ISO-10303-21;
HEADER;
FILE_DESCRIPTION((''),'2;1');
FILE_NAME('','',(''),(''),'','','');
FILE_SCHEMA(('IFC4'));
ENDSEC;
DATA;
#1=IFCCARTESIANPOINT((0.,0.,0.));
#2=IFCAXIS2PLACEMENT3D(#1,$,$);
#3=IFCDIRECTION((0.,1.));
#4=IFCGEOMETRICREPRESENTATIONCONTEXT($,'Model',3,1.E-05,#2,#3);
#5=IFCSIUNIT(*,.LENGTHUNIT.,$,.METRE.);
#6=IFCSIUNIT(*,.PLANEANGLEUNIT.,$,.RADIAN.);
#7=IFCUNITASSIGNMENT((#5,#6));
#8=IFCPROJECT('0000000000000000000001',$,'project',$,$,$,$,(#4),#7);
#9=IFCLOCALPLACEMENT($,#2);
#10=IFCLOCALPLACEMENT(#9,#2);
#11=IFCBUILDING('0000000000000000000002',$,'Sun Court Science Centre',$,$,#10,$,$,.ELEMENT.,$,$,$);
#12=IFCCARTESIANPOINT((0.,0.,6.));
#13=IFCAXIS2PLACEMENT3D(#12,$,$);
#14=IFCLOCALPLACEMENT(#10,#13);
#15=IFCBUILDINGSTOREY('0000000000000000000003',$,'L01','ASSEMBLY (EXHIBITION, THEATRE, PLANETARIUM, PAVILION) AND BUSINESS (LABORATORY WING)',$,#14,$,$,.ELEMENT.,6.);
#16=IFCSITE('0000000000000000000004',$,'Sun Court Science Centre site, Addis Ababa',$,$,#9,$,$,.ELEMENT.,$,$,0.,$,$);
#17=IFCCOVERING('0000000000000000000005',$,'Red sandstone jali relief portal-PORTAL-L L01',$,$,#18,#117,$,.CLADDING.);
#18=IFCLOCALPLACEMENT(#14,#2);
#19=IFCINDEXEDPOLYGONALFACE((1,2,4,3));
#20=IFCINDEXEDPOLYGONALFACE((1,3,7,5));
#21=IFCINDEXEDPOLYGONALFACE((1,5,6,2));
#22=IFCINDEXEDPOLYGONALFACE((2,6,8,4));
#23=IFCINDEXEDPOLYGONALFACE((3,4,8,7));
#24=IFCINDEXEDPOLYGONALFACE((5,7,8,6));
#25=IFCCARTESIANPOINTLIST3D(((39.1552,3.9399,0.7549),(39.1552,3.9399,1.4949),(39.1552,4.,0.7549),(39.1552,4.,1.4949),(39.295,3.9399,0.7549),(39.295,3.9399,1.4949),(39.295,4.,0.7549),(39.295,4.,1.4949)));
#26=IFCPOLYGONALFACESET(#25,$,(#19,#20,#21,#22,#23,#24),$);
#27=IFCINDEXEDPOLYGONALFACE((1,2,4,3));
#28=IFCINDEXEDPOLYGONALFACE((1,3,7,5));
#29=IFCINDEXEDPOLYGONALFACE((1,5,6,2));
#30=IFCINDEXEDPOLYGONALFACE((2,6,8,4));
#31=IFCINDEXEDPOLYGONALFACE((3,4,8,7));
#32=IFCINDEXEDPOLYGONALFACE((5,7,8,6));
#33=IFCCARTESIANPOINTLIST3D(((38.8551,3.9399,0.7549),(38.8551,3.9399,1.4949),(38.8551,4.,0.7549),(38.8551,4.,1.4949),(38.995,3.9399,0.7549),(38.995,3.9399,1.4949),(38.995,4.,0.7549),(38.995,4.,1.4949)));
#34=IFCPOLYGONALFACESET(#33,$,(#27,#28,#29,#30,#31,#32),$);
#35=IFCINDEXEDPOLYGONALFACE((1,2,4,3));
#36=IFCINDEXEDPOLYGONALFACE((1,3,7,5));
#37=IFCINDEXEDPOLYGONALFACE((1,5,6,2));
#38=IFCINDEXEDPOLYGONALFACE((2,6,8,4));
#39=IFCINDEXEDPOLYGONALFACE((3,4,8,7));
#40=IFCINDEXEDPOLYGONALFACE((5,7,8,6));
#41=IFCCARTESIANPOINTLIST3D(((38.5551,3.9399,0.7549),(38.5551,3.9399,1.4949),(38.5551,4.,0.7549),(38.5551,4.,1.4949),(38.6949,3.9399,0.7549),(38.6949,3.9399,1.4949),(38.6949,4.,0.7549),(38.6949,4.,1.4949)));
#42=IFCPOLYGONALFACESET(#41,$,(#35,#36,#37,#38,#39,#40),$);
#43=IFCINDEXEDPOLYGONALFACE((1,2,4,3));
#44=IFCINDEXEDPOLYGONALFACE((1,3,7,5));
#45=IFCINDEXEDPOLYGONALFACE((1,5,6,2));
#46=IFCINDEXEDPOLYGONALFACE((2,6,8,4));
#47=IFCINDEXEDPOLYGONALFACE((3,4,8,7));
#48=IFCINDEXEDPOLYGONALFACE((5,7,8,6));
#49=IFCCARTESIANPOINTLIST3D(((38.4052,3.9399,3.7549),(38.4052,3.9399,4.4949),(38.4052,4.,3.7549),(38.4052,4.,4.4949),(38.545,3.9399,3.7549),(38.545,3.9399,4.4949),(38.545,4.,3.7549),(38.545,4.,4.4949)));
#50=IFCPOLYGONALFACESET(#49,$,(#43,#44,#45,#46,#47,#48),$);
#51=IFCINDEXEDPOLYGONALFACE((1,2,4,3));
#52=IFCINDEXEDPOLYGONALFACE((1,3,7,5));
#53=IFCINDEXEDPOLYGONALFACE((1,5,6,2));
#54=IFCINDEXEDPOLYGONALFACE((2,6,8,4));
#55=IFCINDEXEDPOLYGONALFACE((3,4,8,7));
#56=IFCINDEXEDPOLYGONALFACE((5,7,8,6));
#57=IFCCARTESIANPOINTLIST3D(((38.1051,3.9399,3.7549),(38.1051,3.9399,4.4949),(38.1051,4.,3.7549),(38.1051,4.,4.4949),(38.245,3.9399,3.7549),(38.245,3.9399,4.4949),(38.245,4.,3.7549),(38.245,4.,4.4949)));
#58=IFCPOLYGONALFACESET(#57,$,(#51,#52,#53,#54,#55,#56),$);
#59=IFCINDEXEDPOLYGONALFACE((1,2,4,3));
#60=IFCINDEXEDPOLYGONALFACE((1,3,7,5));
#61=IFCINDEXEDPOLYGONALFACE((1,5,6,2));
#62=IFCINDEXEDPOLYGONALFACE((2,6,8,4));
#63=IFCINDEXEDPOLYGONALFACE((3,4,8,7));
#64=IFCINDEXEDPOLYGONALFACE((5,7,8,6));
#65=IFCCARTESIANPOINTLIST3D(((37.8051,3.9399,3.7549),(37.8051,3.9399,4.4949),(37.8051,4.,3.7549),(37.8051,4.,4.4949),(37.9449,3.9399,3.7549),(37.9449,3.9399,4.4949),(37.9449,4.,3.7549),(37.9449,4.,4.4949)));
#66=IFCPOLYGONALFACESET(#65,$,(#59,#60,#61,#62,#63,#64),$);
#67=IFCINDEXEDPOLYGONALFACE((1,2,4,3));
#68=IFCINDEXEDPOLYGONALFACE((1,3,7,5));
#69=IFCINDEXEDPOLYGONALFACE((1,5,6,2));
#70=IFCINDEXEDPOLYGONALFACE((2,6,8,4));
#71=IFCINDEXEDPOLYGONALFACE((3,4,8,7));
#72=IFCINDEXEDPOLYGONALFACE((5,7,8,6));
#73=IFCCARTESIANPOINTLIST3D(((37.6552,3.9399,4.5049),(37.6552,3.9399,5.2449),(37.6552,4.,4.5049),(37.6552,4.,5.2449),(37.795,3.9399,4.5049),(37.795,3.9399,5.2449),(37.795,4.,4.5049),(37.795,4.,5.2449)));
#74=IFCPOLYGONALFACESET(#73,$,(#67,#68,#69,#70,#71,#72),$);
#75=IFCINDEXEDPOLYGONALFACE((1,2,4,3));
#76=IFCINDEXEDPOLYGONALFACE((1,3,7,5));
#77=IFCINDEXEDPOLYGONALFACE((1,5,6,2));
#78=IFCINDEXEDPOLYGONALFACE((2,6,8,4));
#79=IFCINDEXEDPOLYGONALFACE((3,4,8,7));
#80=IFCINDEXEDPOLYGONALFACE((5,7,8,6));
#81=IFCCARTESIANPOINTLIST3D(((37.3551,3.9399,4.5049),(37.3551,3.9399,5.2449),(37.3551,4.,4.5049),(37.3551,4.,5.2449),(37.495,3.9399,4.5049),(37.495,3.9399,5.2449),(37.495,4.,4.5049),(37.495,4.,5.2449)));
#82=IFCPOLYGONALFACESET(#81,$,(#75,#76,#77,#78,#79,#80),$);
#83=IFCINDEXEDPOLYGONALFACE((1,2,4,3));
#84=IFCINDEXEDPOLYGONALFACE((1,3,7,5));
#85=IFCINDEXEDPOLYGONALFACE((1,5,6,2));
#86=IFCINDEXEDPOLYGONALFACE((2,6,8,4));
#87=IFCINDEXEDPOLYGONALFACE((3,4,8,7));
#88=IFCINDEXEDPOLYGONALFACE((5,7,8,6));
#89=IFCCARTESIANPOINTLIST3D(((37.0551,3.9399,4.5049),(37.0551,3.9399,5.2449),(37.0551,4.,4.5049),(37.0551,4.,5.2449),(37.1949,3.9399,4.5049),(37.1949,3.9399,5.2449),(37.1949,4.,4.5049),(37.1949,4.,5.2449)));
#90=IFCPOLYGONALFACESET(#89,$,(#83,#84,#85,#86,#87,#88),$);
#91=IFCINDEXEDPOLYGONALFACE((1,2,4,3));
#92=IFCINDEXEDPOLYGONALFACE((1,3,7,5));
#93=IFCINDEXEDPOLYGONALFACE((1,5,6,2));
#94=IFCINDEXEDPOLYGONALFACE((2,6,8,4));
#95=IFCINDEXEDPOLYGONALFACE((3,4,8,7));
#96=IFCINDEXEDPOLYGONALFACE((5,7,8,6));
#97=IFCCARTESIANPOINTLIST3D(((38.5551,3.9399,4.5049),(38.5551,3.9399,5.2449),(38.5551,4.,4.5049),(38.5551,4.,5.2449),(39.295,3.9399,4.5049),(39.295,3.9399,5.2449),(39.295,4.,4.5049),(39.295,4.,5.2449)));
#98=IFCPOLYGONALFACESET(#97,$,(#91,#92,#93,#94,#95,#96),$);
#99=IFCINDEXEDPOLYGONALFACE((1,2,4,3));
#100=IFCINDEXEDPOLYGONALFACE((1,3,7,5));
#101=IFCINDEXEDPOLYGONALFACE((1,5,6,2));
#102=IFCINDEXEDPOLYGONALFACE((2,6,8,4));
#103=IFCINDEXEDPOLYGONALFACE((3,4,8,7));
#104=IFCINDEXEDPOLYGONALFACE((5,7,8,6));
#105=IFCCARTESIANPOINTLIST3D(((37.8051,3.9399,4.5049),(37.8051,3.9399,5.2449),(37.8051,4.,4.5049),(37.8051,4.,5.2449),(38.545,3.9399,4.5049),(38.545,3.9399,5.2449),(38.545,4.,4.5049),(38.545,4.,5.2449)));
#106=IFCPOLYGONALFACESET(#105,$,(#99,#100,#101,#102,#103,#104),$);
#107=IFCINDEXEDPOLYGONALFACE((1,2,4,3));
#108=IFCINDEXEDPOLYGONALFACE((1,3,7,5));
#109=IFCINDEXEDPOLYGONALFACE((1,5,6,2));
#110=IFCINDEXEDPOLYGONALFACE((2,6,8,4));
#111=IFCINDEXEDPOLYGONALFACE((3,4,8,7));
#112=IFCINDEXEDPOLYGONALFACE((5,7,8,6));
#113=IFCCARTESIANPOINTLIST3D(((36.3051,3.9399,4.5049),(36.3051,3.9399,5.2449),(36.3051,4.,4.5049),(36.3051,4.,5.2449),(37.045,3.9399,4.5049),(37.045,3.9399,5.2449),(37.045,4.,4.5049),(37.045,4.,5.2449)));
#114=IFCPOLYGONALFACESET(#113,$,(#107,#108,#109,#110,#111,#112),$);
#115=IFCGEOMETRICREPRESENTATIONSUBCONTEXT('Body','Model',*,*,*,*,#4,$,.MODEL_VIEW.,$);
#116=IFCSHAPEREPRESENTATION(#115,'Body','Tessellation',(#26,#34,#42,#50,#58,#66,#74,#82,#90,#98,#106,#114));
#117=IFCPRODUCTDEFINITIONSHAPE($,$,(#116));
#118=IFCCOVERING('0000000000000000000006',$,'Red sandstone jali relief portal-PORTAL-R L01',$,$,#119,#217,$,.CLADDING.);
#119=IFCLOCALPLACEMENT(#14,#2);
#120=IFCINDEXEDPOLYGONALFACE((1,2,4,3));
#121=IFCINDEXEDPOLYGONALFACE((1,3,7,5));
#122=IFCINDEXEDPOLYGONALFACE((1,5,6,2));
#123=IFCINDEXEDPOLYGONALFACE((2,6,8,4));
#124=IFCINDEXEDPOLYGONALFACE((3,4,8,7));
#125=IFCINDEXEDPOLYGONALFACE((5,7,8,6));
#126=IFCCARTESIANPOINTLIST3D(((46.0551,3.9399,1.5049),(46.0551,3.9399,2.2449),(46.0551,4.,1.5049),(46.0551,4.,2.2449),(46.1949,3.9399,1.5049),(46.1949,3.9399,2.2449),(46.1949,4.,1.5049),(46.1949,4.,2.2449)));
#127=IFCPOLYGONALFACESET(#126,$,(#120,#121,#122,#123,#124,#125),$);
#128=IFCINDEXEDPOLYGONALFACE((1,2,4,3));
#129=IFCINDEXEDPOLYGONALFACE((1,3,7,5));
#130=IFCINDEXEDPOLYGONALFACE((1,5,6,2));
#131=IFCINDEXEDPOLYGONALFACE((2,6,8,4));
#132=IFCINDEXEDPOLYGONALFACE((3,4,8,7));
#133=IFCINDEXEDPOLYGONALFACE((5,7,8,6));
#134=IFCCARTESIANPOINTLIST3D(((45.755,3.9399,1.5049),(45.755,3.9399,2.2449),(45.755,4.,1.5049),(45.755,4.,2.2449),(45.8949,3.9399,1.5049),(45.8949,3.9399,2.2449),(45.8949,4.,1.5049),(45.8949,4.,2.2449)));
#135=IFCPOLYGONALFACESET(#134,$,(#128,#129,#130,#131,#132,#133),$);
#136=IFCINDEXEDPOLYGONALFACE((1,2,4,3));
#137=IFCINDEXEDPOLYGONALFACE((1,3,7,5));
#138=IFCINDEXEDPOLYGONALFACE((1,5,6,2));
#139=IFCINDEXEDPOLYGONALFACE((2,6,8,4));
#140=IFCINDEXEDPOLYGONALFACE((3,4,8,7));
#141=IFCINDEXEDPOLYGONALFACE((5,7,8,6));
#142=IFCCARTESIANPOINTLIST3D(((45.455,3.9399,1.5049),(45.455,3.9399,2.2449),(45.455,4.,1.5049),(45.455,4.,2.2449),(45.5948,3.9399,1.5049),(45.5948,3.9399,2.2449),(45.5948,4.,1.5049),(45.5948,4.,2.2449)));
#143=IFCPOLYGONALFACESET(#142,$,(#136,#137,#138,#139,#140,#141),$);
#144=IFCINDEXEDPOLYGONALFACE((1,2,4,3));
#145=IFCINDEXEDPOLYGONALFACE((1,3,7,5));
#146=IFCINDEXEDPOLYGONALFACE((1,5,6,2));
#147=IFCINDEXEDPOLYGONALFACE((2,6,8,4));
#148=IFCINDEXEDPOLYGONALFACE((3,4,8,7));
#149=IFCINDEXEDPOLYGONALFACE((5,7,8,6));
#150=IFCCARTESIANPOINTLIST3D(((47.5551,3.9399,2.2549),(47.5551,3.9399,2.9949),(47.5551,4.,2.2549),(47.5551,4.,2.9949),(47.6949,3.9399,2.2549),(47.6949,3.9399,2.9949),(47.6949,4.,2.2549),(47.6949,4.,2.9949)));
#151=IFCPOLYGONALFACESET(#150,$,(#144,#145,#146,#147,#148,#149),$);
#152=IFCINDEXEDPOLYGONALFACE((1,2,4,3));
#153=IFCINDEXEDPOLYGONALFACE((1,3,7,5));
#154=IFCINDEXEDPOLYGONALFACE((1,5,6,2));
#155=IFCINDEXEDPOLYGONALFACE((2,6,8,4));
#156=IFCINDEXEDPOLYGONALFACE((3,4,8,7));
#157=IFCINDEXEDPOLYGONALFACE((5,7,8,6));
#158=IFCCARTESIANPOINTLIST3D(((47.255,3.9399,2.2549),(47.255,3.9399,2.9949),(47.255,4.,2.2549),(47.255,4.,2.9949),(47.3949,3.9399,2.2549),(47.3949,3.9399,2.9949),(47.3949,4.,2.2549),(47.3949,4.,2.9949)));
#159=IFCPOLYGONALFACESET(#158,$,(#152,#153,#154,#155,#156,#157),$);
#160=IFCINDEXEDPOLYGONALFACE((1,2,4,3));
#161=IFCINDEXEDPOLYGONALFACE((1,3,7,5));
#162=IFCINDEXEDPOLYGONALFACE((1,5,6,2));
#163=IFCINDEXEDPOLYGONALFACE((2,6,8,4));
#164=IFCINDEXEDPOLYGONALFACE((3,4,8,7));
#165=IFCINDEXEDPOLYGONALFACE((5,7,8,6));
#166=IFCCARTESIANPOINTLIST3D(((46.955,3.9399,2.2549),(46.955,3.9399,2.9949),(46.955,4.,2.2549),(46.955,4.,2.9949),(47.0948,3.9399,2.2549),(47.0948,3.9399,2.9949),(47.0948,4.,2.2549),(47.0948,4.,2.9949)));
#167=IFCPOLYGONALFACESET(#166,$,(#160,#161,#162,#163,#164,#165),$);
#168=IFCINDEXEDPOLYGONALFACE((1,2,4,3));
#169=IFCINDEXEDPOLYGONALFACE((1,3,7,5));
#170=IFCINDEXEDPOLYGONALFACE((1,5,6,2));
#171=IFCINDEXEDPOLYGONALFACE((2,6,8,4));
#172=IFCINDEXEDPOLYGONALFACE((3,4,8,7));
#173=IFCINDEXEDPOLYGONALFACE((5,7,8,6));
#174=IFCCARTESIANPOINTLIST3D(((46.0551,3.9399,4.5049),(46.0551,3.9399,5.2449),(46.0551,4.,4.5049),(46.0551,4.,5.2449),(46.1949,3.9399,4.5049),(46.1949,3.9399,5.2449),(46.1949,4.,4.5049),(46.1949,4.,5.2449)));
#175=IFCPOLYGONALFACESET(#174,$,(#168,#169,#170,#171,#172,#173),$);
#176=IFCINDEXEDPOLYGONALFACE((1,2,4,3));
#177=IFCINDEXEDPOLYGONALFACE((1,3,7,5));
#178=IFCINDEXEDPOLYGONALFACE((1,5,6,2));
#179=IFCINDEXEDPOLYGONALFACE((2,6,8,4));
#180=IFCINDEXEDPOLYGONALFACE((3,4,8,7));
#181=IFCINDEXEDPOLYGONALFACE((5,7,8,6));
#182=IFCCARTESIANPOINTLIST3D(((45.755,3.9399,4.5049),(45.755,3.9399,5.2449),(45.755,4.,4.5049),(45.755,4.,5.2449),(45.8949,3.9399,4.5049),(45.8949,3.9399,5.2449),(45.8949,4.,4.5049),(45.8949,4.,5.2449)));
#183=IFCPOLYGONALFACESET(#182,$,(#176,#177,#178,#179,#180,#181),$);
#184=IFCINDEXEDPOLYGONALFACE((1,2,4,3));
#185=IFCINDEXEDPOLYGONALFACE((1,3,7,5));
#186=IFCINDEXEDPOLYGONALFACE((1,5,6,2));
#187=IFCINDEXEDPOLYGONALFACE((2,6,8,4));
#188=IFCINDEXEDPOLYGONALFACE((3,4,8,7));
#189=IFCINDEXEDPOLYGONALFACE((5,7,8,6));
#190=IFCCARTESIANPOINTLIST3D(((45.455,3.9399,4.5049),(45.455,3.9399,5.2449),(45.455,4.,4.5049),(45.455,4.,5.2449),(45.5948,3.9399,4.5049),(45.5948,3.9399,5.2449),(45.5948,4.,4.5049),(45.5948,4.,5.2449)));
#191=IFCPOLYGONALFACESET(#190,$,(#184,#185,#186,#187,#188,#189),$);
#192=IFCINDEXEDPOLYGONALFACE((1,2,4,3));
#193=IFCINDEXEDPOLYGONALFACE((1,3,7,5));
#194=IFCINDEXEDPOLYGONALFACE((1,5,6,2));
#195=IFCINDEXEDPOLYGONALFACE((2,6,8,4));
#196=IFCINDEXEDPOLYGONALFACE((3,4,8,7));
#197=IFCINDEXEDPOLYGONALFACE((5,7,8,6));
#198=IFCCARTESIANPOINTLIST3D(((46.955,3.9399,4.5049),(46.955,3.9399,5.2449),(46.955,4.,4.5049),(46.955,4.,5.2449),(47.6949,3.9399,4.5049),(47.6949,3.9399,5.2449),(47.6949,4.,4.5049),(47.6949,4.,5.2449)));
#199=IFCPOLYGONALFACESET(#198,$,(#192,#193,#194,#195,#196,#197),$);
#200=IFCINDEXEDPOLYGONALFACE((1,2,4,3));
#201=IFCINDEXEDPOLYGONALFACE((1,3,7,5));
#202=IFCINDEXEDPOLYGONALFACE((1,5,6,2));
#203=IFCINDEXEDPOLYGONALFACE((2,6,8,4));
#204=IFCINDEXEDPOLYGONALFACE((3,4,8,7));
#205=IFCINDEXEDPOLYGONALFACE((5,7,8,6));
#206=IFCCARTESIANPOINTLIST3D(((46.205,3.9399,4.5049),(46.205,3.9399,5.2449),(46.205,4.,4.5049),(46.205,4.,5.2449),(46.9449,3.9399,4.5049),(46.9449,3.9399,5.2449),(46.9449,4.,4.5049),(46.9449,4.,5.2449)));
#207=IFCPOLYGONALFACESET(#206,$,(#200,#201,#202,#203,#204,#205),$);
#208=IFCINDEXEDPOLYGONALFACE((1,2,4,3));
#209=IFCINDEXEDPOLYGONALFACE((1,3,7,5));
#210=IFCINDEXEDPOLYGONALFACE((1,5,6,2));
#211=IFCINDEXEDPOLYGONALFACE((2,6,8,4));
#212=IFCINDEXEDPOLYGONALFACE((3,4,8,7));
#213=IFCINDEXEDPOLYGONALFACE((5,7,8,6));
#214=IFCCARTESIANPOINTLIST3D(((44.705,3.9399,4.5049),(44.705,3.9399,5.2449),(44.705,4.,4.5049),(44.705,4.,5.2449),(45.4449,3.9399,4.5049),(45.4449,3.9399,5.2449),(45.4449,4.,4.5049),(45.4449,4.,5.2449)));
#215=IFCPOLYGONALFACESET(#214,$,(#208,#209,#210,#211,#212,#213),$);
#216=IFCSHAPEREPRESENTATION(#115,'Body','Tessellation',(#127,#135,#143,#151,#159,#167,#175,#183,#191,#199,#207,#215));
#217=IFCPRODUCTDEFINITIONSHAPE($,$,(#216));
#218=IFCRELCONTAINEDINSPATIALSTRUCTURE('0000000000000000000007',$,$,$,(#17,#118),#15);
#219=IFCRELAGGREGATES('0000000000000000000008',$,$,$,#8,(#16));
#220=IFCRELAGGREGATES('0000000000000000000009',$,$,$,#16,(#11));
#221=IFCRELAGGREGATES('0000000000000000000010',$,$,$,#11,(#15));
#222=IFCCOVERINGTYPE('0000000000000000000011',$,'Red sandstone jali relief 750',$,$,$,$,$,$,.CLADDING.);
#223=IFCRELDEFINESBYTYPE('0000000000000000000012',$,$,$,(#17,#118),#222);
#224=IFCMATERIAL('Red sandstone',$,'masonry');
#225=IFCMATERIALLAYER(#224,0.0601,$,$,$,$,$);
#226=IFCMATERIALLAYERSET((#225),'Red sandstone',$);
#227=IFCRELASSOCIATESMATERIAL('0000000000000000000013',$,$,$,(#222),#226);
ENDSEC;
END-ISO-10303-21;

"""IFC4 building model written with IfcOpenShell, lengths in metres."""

from ifc_helpers import new_model, si_unit, direction, frame, origin, origin_2d, place, context, subcontext, project, spatial, rectangle, extrude, material, layer, layer_set, type_object, element, save


model = new_model("IFC4")

# Units and contexts
model_context = context("Model", 3, precision=1e-05, world=origin(), true_north=direction((0.0, 1.0)))
body_context = subcontext(model_context, "Body", "Model", "MODEL_VIEW")
ifc_project = project(units=[si_unit("LENGTHUNIT", "METRE"), si_unit("PLANEANGLEUNIT", "RADIAN")], contexts=[model_context])

# Site, building, storey
site_placement = place(None, origin())
site = spatial("IfcSite", under=ifc_project, at=site_placement, Name="Sun Court Science Centre site, Addis Ababa", CompositionType="ELEMENT", RefElevation=0.0)
building_placement = place(site_placement, origin())
building = spatial("IfcBuilding", under=site, at=building_placement, Name="Sun Court Science Centre", CompositionType="ELEMENT")
storey_placement = place(building_placement, frame((0.0, 0.0, 6.0)))
storey = spatial("IfcBuildingStorey", under=building, at=storey_placement, Name="L01", Description="ASSEMBLY (EXHIBITION, THEATRE, PLANETARIUM, PAVILION) AND BUSINESS (LABORATORY WING)", CompositionType="ELEMENT", Elevation=6.0)

# Coverings
ifc_material_1 = material(Name="Red sandstone", Category="masonry")
ifc_layer_1 = layer(ifc_material_1, 0.0601)
ifc_layer_set_1 = layer_set([ifc_layer_1], Name="Red sandstone")
covering_type_1 = type_object("IfcCoveringType", Name="Red sandstone jali relief 750", PredefinedType="CLADDING", material=ifc_layer_set_1)
covering_1_placement = place(storey_placement, frame((0.0, 0.0, -6.0)))
element("IfcCovering", 1, at=covering_1_placement, inside=storey, type_object=covering_type_1, Name="Red sandstone jali relief portal-PORTAL-L L01", PredefinedType="CLADDING", context=body_context, shape_type="SweptSolid", body=[
    extrude(rectangle(XDim=0.1399, YDim=0.0601, at=origin_2d()), frame((39.2251, 3.97, 6.7549), z_axis=(0.0, 0.0, 1.0), x_axis=(-1.0, 0.0, 0.0)), (0.0, 0.0, 1.0), 0.74),
    extrude(rectangle(XDim=0.1399, YDim=0.0601, at=origin_2d()), frame((38.925, 3.97, 6.7549), z_axis=(0.0, 0.0, 1.0), x_axis=(-1.0, 0.0, 0.0)), (0.0, 0.0, 1.0), 0.74),
    extrude(rectangle(XDim=0.1399, YDim=0.0601, at=origin_2d()), frame((38.625, 3.97, 6.7549), z_axis=(0.0, 0.0, 1.0), x_axis=(-1.0, 0.0, 0.0)), (0.0, 0.0, 1.0), 0.74),
    extrude(rectangle(XDim=0.1399, YDim=0.0601, at=origin_2d()), frame((38.4751, 3.97, 9.7549), z_axis=(0.0, 0.0, 1.0), x_axis=(-1.0, 0.0, 0.0)), (0.0, 0.0, 1.0), 0.74),
    extrude(rectangle(XDim=0.1399, YDim=0.0601, at=origin_2d()), frame((38.175, 3.97, 9.7549), z_axis=(0.0, 0.0, 1.0), x_axis=(-1.0, 0.0, 0.0)), (0.0, 0.0, 1.0), 0.74),
    extrude(rectangle(XDim=0.1399, YDim=0.0601, at=origin_2d()), frame((37.875, 3.97, 9.7549), z_axis=(0.0, 0.0, 1.0), x_axis=(-1.0, 0.0, 0.0)), (0.0, 0.0, 1.0), 0.74),
    extrude(rectangle(XDim=0.1399, YDim=0.0601, at=origin_2d()), frame((37.7251, 3.97, 10.5049), z_axis=(0.0, 0.0, 1.0), x_axis=(-1.0, 0.0, 0.0)), (0.0, 0.0, 1.0), 0.74),
    extrude(rectangle(XDim=0.1399, YDim=0.0601, at=origin_2d()), frame((37.425, 3.97, 10.5049), z_axis=(0.0, 0.0, 1.0), x_axis=(-1.0, 0.0, 0.0)), (0.0, 0.0, 1.0), 0.74),
    extrude(rectangle(XDim=0.1399, YDim=0.0601, at=origin_2d()), frame((37.125, 3.97, 10.5049), z_axis=(0.0, 0.0, 1.0), x_axis=(-1.0, 0.0, 0.0)), (0.0, 0.0, 1.0), 0.74),
    extrude(rectangle(XDim=0.74, YDim=0.0601, at=origin_2d()), frame((38.925, 3.97, 10.5049), z_axis=(0.0, 0.0, 1.0), x_axis=(-1.0, 0.0, 0.0)), (0.0, 0.0, 1.0), 0.74),
    extrude(rectangle(XDim=0.74, YDim=0.0601, at=origin_2d()), frame((38.175, 3.97, 10.5049), z_axis=(0.0, 0.0, 1.0), x_axis=(-1.0, 0.0, 0.0)), (0.0, 0.0, 1.0), 0.74),
    extrude(rectangle(XDim=0.74, YDim=0.0601, at=origin_2d()), frame((36.675, 3.97, 10.5049), z_axis=(0.0, 0.0, 1.0), x_axis=(-1.0, 0.0, 0.0)), (0.0, 0.0, 1.0), 0.74),
])
covering_2_placement = place(storey_placement, frame((0.0, 0.0, -6.0)))
element("IfcCovering", 2, at=covering_2_placement, inside=storey, type_object=covering_type_1, Name="Red sandstone jali relief portal-PORTAL-R L01", PredefinedType="CLADDING", context=body_context, shape_type="SweptSolid", body=[
    extrude(rectangle(XDim=0.1399, YDim=0.0601, at=origin_2d()), frame((46.125, 3.97, 7.5049), z_axis=(0.0, 0.0, 1.0), x_axis=(-1.0, 0.0, 0.0)), (0.0, 0.0, 1.0), 0.74),
    extrude(rectangle(XDim=0.1399, YDim=0.0601, at=origin_2d()), frame((45.825, 3.97, 7.5049), z_axis=(0.0, 0.0, 1.0), x_axis=(-1.0, 0.0, 0.0)), (0.0, 0.0, 1.0), 0.74),
    extrude(rectangle(XDim=0.1399, YDim=0.0601, at=origin_2d()), frame((45.5249, 3.97, 7.5049), z_axis=(0.0, 0.0, 1.0), x_axis=(-1.0, 0.0, 0.0)), (0.0, 0.0, 1.0), 0.74),
    extrude(rectangle(XDim=0.1399, YDim=0.0601, at=origin_2d()), frame((47.625, 3.97, 8.2549), z_axis=(0.0, 0.0, 1.0), x_axis=(-1.0, 0.0, 0.0)), (0.0, 0.0, 1.0), 0.74),
    extrude(rectangle(XDim=0.1399, YDim=0.0601, at=origin_2d()), frame((47.325, 3.97, 8.2549), z_axis=(0.0, 0.0, 1.0), x_axis=(-1.0, 0.0, 0.0)), (0.0, 0.0, 1.0), 0.74),
    extrude(rectangle(XDim=0.1399, YDim=0.0601, at=origin_2d()), frame((47.0249, 3.97, 8.2549), z_axis=(0.0, 0.0, 1.0), x_axis=(-1.0, 0.0, 0.0)), (0.0, 0.0, 1.0), 0.74),
    extrude(rectangle(XDim=0.1399, YDim=0.0601, at=origin_2d()), frame((46.125, 3.97, 10.5049), z_axis=(0.0, 0.0, 1.0), x_axis=(-1.0, 0.0, 0.0)), (0.0, 0.0, 1.0), 0.74),
    extrude(rectangle(XDim=0.1399, YDim=0.0601, at=origin_2d()), frame((45.825, 3.97, 10.5049), z_axis=(0.0, 0.0, 1.0), x_axis=(-1.0, 0.0, 0.0)), (0.0, 0.0, 1.0), 0.74),
    extrude(rectangle(XDim=0.1399, YDim=0.0601, at=origin_2d()), frame((45.5249, 3.97, 10.5049), z_axis=(0.0, 0.0, 1.0), x_axis=(-1.0, 0.0, 0.0)), (0.0, 0.0, 1.0), 0.74),
    extrude(rectangle(XDim=0.74, YDim=0.0601, at=origin_2d()), frame((47.325, 3.97, 10.5049), z_axis=(0.0, 0.0, 1.0), x_axis=(-1.0, 0.0, 0.0)), (0.0, 0.0, 1.0), 0.74),
    extrude(rectangle(XDim=0.74, YDim=0.0601, at=origin_2d()), frame((46.575, 3.97, 10.5049), z_axis=(0.0, 0.0, 1.0), x_axis=(-1.0, 0.0, 0.0)), (0.0, 0.0, 1.0), 0.74),
    extrude(rectangle(XDim=0.74, YDim=0.0601, at=origin_2d()), frame((45.075, 3.97, 10.5049), z_axis=(0.0, 0.0, 1.0), x_axis=(-1.0, 0.0, 0.0)), (0.0, 0.0, 1.0), 0.74),
])

save(model, "model.ifc")
